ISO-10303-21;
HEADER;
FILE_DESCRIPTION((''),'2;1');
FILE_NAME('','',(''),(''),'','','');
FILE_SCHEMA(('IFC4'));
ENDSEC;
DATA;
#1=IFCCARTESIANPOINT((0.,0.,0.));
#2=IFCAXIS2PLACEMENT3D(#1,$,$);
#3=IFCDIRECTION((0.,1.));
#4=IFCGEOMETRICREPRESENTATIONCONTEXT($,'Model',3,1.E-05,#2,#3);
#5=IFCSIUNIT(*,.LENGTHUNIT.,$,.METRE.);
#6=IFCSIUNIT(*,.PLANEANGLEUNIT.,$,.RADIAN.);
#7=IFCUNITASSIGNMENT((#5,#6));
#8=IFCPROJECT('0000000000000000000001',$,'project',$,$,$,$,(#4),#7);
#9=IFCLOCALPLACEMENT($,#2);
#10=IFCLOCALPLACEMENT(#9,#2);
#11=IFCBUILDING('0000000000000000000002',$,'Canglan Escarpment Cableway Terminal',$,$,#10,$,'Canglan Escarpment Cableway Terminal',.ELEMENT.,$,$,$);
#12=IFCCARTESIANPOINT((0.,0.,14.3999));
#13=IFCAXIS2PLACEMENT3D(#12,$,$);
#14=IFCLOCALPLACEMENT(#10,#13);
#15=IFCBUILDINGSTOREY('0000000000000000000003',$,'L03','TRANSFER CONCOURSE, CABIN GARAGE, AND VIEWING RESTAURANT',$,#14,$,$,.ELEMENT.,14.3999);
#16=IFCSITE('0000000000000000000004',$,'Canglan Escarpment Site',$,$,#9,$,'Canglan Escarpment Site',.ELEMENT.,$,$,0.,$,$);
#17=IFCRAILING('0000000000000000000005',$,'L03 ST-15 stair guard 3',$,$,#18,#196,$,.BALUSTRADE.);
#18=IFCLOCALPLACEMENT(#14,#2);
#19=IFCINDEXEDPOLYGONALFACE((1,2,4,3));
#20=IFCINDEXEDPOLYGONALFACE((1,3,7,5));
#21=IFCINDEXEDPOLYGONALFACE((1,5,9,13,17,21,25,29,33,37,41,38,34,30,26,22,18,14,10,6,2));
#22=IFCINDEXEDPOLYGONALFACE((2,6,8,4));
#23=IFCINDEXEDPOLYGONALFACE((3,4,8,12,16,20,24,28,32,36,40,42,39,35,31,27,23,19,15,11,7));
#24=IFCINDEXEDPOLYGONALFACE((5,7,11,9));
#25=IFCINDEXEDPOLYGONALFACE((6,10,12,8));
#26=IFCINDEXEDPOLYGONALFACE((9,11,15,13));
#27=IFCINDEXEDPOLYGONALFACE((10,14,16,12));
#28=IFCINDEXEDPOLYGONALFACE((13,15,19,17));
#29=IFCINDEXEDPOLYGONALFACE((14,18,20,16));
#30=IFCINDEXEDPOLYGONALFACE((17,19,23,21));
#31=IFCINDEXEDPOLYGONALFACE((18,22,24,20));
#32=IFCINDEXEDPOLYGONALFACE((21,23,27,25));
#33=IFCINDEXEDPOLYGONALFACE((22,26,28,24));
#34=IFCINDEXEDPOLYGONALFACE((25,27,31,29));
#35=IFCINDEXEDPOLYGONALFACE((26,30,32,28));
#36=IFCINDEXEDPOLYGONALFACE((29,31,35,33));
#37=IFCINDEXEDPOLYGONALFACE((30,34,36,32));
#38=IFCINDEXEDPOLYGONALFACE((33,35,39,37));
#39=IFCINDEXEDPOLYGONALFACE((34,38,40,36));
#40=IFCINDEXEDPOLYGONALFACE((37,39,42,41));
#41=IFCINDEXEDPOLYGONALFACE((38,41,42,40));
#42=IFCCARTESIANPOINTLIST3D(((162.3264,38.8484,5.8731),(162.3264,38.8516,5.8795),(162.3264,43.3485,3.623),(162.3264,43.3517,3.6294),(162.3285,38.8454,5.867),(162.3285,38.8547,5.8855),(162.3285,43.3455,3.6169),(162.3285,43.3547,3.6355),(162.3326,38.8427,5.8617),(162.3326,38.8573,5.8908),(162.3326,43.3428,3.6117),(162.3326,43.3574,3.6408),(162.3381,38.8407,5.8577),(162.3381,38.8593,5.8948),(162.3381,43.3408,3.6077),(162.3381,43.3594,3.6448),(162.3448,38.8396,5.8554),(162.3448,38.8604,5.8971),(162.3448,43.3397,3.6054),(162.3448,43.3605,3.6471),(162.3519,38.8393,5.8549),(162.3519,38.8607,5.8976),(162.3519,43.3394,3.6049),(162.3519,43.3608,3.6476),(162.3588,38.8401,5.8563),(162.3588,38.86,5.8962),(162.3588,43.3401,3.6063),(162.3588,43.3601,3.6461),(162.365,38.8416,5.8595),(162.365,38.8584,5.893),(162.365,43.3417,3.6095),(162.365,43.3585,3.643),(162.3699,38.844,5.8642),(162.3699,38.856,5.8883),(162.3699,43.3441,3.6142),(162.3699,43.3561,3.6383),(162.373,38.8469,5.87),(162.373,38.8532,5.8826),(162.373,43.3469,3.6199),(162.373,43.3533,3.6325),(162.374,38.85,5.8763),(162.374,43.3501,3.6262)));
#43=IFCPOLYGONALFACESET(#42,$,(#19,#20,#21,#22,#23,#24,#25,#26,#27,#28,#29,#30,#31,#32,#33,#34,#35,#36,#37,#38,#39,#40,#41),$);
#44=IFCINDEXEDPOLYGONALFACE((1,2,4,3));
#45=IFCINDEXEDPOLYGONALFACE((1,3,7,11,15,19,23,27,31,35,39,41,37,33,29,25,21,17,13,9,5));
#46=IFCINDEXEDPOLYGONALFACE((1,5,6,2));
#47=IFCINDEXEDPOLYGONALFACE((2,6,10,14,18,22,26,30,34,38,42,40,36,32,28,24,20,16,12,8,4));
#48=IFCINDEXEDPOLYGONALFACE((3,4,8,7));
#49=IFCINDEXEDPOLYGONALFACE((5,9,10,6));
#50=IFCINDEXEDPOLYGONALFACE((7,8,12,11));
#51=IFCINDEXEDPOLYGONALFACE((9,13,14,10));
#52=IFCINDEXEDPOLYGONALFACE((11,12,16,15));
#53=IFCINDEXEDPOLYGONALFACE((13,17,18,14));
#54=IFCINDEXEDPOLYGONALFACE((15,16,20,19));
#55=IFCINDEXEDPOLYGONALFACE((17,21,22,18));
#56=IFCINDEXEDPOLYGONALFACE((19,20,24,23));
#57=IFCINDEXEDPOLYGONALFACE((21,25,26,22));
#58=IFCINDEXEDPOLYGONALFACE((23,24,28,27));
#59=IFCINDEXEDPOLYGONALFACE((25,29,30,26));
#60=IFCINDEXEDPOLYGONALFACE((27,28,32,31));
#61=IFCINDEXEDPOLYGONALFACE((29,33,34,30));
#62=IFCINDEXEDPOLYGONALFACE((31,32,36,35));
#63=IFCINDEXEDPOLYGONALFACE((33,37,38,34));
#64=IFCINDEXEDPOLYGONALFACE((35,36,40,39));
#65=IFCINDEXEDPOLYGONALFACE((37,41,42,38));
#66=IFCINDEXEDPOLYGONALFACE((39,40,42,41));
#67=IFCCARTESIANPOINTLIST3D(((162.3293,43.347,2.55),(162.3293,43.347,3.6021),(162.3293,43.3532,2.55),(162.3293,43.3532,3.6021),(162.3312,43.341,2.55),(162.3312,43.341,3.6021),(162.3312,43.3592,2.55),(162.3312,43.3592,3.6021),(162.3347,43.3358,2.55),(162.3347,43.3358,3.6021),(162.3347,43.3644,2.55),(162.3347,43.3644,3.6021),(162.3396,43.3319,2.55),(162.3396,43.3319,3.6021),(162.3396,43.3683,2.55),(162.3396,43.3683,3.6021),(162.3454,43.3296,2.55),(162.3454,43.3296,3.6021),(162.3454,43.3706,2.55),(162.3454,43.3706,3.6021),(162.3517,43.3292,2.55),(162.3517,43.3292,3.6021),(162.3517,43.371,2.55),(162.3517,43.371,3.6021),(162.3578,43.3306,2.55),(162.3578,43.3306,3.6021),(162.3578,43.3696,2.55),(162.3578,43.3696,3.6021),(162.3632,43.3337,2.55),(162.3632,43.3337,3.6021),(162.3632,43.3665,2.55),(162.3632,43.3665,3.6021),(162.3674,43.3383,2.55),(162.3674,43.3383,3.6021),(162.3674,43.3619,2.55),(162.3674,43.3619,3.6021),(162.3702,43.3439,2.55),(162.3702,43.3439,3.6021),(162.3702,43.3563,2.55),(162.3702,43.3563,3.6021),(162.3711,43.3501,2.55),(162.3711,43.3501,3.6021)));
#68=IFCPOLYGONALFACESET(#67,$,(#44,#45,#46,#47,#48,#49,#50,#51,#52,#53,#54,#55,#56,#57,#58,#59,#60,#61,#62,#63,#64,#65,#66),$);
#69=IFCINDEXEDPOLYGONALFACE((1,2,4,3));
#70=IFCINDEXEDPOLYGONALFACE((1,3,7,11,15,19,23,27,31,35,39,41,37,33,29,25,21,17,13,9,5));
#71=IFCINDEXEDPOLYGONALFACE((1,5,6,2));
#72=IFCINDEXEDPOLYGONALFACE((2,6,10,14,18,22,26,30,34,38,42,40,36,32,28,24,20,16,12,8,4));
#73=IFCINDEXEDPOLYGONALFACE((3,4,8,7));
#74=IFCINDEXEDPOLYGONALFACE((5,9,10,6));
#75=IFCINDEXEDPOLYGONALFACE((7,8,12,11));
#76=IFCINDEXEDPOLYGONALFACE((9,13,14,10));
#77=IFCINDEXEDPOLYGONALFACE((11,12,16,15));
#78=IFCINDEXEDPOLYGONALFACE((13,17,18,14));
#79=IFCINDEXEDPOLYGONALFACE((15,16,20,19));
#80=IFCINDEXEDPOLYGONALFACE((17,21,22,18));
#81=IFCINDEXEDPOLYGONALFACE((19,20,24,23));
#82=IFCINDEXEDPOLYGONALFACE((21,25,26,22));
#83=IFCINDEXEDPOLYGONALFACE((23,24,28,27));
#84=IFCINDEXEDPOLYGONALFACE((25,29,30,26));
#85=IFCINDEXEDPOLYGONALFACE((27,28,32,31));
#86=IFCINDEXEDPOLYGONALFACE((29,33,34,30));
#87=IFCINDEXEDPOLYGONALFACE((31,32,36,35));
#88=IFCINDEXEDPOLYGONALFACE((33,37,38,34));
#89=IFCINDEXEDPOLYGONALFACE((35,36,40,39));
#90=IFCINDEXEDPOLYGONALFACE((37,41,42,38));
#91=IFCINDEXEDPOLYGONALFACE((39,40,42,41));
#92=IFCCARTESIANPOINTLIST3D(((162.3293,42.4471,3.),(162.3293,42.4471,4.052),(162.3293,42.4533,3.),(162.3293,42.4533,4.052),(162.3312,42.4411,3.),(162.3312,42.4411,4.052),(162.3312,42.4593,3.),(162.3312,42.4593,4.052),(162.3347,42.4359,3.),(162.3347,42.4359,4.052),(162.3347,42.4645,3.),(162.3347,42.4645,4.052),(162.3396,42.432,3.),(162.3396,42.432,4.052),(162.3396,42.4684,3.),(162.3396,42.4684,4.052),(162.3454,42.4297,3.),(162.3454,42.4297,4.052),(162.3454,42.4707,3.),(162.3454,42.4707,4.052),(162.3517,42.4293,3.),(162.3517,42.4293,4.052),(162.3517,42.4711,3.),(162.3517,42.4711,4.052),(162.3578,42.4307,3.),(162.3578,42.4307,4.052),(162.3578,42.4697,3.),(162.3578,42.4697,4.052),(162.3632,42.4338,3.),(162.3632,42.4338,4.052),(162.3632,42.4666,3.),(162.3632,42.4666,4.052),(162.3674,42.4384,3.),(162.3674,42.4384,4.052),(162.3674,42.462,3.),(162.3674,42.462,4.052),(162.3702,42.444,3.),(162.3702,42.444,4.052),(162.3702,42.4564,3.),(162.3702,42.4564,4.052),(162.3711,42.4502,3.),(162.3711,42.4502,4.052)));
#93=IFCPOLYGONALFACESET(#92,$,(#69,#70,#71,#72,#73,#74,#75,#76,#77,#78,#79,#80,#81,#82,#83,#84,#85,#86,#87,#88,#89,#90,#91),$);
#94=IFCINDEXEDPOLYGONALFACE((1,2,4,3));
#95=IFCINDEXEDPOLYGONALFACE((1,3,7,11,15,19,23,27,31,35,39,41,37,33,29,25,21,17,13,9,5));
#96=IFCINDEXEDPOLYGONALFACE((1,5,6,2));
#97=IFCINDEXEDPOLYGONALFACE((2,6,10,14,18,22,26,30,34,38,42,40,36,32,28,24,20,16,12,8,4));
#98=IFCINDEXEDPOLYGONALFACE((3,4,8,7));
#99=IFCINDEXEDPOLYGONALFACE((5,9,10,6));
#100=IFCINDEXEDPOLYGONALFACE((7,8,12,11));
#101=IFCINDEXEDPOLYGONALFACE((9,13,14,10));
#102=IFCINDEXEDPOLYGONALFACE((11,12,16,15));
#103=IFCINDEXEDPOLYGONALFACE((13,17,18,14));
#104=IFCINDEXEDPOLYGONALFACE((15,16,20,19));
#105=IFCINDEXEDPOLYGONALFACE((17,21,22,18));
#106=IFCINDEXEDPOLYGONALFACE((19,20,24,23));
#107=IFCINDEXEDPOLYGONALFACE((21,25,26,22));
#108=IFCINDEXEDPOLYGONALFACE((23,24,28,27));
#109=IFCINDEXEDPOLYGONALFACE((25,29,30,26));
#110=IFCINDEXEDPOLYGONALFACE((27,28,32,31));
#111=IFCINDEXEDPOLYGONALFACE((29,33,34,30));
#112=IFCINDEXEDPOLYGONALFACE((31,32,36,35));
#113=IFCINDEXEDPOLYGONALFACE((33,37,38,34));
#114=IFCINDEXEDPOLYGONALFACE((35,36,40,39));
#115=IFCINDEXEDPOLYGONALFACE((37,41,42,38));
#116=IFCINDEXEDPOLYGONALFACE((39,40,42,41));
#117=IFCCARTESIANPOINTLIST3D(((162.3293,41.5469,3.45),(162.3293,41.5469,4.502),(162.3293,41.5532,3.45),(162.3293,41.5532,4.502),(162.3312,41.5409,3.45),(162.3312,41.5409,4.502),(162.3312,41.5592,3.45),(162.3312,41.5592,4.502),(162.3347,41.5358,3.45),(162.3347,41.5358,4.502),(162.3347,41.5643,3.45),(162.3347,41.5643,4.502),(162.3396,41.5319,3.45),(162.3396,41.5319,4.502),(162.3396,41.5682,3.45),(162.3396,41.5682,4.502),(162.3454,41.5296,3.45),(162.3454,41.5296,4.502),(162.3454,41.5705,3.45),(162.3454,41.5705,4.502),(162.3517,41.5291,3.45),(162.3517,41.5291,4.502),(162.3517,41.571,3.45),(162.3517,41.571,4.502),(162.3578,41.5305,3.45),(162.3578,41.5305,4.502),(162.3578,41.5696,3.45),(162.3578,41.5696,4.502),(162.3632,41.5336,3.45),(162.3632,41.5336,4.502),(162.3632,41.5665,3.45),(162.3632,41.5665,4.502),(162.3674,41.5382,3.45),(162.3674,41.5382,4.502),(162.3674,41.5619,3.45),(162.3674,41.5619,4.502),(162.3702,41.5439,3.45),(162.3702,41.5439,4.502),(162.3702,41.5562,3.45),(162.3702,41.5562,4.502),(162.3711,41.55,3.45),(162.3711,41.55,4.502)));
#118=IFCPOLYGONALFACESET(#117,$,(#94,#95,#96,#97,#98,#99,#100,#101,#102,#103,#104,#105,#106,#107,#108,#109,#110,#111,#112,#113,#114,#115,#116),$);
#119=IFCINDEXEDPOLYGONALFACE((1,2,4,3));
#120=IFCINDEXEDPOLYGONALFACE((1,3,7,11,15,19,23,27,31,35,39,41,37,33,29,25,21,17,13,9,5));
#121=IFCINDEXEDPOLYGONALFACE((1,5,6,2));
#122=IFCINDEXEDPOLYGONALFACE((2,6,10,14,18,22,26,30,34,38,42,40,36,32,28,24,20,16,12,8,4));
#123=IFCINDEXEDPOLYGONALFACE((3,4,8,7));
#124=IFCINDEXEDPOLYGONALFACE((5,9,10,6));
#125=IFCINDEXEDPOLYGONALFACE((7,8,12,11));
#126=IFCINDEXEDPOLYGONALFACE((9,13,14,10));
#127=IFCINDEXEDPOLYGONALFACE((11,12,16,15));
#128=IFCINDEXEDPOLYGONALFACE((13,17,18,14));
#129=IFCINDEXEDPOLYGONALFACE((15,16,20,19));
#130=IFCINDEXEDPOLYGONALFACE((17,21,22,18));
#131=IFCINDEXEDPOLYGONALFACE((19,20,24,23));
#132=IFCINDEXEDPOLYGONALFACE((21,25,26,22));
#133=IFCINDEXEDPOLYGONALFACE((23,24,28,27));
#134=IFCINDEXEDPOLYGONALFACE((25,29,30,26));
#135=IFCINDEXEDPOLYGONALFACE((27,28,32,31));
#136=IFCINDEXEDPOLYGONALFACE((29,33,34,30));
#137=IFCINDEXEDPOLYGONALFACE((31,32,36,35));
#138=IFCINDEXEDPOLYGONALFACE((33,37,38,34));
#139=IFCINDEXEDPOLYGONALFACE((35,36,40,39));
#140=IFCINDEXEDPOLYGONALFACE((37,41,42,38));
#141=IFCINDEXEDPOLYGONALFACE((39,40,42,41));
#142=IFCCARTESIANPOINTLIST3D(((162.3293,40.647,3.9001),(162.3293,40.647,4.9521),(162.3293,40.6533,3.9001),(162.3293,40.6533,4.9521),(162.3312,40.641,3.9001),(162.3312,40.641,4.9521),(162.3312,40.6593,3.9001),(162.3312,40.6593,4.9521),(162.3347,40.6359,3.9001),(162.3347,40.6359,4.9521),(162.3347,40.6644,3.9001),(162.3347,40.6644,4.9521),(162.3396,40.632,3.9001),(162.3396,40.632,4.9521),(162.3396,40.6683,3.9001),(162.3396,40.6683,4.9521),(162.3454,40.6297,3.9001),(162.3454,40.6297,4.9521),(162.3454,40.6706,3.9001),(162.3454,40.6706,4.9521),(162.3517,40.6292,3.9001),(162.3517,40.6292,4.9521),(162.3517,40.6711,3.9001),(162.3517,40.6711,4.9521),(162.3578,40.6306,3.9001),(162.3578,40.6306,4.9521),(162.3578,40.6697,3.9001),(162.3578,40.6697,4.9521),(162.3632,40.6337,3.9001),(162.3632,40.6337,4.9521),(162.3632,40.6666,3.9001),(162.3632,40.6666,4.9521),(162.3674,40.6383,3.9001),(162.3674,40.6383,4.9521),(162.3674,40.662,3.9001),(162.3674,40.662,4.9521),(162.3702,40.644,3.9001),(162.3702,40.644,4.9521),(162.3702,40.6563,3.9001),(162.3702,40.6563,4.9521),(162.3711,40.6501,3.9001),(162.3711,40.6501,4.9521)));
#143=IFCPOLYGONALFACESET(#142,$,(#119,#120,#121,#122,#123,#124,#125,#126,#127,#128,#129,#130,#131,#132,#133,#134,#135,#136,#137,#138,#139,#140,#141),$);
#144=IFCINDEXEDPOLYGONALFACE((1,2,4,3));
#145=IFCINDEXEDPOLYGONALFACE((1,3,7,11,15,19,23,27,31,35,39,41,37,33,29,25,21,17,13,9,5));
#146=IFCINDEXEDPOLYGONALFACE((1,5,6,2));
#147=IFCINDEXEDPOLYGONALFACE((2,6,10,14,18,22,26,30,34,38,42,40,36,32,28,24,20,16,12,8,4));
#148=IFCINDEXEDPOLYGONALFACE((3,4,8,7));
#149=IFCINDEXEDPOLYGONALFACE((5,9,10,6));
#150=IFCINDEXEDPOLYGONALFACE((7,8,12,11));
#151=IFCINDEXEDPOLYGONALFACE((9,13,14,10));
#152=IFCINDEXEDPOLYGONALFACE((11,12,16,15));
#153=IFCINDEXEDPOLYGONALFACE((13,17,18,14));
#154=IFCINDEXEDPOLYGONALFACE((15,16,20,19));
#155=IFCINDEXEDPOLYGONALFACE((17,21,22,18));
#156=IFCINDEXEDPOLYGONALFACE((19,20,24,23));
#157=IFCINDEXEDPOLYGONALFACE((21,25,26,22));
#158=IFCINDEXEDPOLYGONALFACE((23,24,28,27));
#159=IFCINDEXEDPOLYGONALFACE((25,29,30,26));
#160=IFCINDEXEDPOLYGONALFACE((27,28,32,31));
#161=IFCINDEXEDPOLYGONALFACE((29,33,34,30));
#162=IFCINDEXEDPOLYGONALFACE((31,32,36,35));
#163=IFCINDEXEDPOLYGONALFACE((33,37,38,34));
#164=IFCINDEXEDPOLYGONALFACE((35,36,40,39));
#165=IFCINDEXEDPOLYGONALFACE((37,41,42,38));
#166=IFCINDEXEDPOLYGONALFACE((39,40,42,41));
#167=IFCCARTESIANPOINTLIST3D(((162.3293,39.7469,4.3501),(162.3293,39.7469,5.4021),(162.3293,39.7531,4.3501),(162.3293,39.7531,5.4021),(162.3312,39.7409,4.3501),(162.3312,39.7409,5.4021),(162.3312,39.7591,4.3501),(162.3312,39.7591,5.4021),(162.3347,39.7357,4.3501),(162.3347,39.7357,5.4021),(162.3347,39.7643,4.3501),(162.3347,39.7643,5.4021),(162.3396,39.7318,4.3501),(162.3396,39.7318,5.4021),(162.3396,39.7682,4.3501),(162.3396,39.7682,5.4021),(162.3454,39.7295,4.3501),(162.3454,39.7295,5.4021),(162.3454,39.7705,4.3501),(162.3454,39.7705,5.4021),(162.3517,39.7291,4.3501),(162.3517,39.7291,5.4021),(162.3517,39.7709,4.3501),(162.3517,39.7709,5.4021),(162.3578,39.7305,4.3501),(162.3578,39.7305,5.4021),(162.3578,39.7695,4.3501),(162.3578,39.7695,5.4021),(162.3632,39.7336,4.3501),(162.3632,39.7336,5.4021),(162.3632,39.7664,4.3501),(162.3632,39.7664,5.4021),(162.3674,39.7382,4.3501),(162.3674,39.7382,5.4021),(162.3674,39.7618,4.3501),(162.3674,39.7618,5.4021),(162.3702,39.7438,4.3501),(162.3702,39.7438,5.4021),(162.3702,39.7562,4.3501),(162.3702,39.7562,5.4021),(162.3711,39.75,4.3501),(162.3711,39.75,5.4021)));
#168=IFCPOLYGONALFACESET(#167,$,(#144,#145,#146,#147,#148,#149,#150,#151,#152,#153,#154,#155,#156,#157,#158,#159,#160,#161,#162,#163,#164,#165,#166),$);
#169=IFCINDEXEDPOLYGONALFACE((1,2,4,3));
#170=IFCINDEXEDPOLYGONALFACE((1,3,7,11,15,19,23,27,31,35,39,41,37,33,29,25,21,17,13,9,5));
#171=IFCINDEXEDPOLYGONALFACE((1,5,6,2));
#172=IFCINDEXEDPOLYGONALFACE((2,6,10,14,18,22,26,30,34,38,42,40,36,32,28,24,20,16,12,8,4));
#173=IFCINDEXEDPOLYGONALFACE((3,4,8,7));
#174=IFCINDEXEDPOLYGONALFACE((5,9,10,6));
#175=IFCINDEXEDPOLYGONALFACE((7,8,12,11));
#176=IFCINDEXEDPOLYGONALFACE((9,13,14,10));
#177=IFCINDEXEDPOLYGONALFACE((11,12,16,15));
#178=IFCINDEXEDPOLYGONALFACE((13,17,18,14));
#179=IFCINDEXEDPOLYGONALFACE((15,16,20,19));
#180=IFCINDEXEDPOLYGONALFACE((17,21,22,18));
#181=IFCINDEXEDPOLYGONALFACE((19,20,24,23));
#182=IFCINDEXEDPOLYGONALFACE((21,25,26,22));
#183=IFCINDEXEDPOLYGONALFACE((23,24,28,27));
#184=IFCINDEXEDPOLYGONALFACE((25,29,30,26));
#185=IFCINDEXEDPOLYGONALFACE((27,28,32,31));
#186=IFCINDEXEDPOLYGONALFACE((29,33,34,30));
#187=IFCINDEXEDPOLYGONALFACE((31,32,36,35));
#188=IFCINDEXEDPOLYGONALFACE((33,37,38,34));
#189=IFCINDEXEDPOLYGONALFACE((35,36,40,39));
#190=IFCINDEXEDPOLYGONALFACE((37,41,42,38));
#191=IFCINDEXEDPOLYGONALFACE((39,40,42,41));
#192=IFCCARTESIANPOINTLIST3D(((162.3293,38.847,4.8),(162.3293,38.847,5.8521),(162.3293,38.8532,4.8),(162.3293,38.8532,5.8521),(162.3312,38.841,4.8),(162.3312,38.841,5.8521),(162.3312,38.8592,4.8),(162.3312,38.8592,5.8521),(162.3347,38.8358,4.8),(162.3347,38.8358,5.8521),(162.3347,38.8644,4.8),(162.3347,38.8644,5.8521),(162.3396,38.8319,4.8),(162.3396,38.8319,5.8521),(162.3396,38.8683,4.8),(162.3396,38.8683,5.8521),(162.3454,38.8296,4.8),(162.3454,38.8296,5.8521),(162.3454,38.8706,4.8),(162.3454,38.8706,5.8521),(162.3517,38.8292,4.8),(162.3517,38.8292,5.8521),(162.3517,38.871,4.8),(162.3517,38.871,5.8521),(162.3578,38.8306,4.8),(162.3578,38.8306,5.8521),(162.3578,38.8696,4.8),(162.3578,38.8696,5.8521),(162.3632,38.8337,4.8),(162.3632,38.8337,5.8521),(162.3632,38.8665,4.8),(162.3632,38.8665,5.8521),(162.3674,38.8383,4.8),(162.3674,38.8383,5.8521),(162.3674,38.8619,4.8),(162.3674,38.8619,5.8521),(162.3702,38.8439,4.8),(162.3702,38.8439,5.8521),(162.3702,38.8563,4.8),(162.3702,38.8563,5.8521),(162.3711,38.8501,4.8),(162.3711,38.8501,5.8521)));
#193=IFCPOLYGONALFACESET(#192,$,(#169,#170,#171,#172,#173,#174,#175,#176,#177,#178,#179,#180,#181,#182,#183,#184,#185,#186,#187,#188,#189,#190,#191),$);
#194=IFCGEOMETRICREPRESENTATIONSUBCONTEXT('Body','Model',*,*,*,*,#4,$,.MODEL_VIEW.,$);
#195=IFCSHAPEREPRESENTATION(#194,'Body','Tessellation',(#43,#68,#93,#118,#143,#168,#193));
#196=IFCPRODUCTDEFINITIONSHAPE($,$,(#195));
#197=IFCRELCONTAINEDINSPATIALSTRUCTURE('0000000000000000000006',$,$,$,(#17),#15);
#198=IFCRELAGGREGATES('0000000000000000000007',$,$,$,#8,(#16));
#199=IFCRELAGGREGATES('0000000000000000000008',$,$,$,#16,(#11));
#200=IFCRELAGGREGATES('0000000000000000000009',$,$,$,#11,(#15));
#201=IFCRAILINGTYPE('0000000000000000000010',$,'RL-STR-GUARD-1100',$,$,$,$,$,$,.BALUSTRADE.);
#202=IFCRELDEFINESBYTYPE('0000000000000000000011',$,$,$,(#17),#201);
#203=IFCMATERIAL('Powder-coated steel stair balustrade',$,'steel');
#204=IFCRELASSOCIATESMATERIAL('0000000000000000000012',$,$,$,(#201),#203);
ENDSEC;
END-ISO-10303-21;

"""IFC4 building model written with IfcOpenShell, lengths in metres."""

from ifc_helpers import new_model, si_unit, direction, frame, origin, origin_2d, place, context, subcontext, project, spatial, circle, extrude, material, type_object, element, save


model = new_model("IFC4")

# Units and contexts
model_context = context("Model", 3, precision=1e-05, world=origin(), true_north=direction((0.0, 1.0)))
body_context = subcontext(model_context, "Body", "Model", "MODEL_VIEW")
ifc_project = project(units=[si_unit("LENGTHUNIT", "METRE"), si_unit("PLANEANGLEUNIT", "RADIAN")], contexts=[model_context])

# Site, building, storey
site_placement = place(None, origin())
site = spatial("IfcSite", under=ifc_project, at=site_placement, Name="Canglan Escarpment Site", LongName="Canglan Escarpment Site", CompositionType="ELEMENT", RefElevation=0.0)
building_placement = place(site_placement, origin())
building = spatial("IfcBuilding", under=site, at=building_placement, Name="Canglan Escarpment Cableway Terminal", LongName="Canglan Escarpment Cableway Terminal", CompositionType="ELEMENT")
storey_placement = place(building_placement, frame((0.0, 0.0, 14.3999)))
storey = spatial("IfcBuildingStorey", under=building, at=storey_placement, Name="L03", Description="TRANSFER CONCOURSE, CABIN GARAGE, AND VIEWING RESTAURANT", CompositionType="ELEMENT", Elevation=14.3999)

# Railing
ifc_material_1 = material(Name="Powder-coated steel stair balustrade", Category="steel")
railing_type_1 = type_object("IfcRailingType", Name="RL-STR-GUARD-1100", PredefinedType="BALUSTRADE", material=ifc_material_1)
railing_1_placement = place(storey_placement, frame((162.3501, 43.3501, 2.55)))
element("IfcRailing", 1, at=railing_1_placement, inside=storey, type_object=railing_type_1, Name="L03 ST-15 stair guard 3", PredefinedType="BALUSTRADE", context=body_context, shape_type="SweptSolid", body=[
    extrude(circle(Radius=0.0239, at=origin_2d()), frame((0.0, 0.0, 1.0762), z_axis=(0.0, -0.894427, 0.447214), x_axis=(1.0, 0.0, 0.0)), (0.0, 0.0, 1.0), 5.0312),
    extrude(circle(Radius=0.021, at=origin_2d()), origin(), (0.0, 0.0, 1.0), 1.052),
    extrude(circle(Radius=0.021, at=origin_2d()), frame((0.0, -0.8999, 0.45)), (0.0, 0.0, 1.0), 1.052),
    extrude(circle(Radius=0.021, at=origin_2d()), frame((0.0, -1.8, 0.8999)), (0.0, 0.0, 1.0), 1.052),
    extrude(circle(Radius=0.021, at=origin_2d()), frame((0.0, -2.7, 1.3501)), (0.0, 0.0, 1.0), 1.052),
    extrude(circle(Radius=0.021, at=origin_2d()), frame((0.0, -3.6001, 1.8)), (0.0, 0.0, 1.0), 1.052),
    extrude(circle(Radius=0.021, at=origin_2d()), frame((0.0, -4.5, 2.25)), (0.0, 0.0, 1.0), 1.052),
])

save(model, "model.ifc")
